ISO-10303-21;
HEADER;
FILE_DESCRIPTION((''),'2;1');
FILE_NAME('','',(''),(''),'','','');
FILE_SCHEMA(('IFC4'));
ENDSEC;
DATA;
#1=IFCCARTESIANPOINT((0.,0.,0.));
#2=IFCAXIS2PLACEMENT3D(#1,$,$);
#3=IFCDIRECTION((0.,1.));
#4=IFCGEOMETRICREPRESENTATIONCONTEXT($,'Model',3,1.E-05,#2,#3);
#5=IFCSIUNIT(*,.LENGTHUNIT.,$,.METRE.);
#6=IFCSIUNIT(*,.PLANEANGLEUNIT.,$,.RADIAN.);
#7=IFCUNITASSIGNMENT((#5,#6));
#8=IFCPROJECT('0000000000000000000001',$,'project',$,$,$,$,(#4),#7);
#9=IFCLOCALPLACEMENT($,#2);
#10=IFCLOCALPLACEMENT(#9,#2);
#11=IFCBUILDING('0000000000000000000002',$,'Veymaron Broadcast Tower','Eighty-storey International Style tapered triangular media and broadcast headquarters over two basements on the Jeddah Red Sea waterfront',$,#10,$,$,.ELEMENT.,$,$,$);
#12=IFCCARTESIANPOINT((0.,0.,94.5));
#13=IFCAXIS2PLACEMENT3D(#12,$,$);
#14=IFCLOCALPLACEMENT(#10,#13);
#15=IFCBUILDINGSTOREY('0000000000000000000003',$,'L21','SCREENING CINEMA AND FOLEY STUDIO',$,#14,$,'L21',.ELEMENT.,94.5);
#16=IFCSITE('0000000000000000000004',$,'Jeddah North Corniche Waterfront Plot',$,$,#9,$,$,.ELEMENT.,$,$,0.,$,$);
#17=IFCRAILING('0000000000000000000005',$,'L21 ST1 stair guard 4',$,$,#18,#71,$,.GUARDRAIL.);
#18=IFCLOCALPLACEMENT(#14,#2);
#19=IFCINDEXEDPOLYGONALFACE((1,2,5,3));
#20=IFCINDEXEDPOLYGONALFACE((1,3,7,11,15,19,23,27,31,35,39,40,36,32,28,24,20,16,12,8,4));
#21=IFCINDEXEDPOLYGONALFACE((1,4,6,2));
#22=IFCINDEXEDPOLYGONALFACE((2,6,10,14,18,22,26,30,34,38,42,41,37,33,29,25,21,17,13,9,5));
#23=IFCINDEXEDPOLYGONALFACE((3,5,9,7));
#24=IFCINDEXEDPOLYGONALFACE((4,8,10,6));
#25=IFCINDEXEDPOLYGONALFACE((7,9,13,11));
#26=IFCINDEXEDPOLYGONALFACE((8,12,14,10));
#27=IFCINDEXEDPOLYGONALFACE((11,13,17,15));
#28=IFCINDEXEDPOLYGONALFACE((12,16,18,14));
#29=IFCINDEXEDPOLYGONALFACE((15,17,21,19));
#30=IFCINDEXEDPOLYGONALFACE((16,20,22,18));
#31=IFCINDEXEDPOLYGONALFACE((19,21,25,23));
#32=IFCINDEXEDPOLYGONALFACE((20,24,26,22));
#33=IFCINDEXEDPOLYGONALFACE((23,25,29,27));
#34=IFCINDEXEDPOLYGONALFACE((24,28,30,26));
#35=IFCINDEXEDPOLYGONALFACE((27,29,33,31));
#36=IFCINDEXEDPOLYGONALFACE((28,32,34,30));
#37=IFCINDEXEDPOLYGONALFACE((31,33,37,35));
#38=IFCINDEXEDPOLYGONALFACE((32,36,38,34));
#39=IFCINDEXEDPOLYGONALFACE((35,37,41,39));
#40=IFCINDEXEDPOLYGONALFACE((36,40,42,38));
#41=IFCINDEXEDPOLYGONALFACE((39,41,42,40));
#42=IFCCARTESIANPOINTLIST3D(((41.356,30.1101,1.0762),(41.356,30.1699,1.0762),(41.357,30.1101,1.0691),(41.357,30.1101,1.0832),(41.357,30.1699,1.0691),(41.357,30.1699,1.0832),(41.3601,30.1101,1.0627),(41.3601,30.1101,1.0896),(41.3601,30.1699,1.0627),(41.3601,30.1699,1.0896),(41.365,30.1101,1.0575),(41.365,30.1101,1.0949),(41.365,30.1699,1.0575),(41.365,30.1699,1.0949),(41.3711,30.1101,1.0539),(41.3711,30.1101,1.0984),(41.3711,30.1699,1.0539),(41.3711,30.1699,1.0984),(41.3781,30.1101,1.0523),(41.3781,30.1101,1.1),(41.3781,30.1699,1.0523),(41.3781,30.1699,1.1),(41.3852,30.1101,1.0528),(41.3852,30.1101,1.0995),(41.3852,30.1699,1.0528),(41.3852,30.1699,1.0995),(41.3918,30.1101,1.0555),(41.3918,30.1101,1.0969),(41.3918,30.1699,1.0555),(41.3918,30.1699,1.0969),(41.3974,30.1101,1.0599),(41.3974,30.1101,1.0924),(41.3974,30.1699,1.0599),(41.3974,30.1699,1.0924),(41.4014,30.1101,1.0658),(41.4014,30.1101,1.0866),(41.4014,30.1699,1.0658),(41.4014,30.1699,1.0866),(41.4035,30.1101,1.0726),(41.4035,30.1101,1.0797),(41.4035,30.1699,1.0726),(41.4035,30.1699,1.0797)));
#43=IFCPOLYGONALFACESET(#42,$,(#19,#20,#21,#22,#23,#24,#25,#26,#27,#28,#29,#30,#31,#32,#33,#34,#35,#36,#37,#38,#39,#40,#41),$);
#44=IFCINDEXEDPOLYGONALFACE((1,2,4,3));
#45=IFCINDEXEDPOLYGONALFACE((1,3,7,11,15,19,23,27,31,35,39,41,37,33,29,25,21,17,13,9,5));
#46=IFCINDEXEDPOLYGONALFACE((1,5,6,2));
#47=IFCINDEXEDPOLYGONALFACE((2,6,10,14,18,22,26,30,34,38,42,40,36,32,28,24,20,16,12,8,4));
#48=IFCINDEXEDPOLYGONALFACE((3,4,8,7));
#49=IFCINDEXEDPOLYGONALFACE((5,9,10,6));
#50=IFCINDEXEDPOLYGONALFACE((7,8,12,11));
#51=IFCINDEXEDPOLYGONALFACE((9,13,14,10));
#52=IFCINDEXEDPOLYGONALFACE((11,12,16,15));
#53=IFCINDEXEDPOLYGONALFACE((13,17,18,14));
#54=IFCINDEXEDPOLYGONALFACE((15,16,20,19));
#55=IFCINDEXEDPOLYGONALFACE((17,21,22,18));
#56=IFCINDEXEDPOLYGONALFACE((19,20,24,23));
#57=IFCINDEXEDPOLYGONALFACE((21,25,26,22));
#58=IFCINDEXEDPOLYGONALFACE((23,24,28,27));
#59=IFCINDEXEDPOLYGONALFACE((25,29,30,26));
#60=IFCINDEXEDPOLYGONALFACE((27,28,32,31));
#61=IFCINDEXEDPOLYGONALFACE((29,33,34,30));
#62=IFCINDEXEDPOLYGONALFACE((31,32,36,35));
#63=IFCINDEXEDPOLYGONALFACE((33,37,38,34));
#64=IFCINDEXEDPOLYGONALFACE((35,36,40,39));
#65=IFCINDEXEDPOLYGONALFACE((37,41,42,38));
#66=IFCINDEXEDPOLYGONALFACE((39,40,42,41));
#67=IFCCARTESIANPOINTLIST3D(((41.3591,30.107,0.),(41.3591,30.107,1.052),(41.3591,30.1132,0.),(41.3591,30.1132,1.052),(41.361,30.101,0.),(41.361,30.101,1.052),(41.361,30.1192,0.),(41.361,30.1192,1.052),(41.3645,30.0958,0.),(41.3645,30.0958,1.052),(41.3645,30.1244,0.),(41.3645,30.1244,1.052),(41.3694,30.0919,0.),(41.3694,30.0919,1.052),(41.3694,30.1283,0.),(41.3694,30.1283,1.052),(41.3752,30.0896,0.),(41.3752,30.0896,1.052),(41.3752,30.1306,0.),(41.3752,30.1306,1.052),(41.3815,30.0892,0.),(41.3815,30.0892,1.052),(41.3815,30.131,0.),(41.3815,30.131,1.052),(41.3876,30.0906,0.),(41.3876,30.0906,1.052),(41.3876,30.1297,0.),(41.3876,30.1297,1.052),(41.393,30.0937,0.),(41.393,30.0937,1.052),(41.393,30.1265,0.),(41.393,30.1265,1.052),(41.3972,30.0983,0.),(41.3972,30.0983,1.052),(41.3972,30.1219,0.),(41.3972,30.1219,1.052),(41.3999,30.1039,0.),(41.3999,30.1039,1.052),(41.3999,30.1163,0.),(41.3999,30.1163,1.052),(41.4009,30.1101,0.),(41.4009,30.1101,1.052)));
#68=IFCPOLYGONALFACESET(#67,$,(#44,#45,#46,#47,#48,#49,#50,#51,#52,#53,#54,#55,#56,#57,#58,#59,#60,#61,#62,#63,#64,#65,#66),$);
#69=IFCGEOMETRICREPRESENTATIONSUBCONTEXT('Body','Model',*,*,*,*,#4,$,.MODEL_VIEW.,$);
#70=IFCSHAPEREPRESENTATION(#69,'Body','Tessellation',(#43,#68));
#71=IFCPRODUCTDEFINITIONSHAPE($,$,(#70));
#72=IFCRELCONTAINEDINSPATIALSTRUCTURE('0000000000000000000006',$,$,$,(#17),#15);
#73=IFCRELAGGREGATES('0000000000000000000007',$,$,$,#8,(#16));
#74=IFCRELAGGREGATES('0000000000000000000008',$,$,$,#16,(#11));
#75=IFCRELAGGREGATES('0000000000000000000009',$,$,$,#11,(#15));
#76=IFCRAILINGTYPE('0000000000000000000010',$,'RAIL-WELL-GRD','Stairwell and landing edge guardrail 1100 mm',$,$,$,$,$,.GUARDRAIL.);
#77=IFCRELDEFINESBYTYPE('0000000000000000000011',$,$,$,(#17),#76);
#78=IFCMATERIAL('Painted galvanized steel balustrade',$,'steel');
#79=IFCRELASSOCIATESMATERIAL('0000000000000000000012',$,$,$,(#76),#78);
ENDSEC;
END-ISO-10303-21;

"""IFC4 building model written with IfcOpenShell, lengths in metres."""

from ifc_helpers import new_model, si_unit, direction, frame, origin, origin_2d, place, context, subcontext, project, spatial, circle, extrude, material, type_object, element, save


model = new_model("IFC4")

# Units and contexts
model_context = context("Model", 3, precision=1e-05, world=origin(), true_north=direction((0.0, 1.0)))
body_context = subcontext(model_context, "Body", "Model", "MODEL_VIEW")
ifc_project = project(units=[si_unit("LENGTHUNIT", "METRE"), si_unit("PLANEANGLEUNIT", "RADIAN")], contexts=[model_context])

# Site, building, storey
site_placement = place(None, origin())
site = spatial("IfcSite", under=ifc_project, at=site_placement, Name="Jeddah North Corniche Waterfront Plot", CompositionType="ELEMENT", RefElevation=0.0)
building_placement = place(site_placement, origin())
building = spatial("IfcBuilding", under=site, at=building_placement, Name="Veymaron Broadcast Tower", Description="Eighty-storey International Style tapered triangular media and broadcast headquarters over two basements on the Jeddah Red Sea waterfront", CompositionType="ELEMENT")
storey_placement = place(building_placement, frame((0.0, 0.0, 94.5)))
storey = spatial("IfcBuildingStorey", under=building, at=storey_placement, Name="L21", Description="SCREENING CINEMA AND FOLEY STUDIO", LongName="L21", CompositionType="ELEMENT", Elevation=94.5)

# Railing
ifc_material_1 = material(Name="Painted galvanized steel balustrade", Category="steel")
railing_type_1 = type_object("IfcRailingType", Name="RAIL-WELL-GRD", Description="Stairwell and landing edge guardrail 1100 mm", PredefinedType="GUARDRAIL", material=ifc_material_1)
railing_1_placement = place(storey_placement, frame((41.3799, 30.1101, 0.0)))
element("IfcRailing", 1, at=railing_1_placement, inside=storey, type_object=railing_type_1, Name="L21 ST1 stair guard 4", PredefinedType="GUARDRAIL", context=body_context, shape_type="SweptSolid", body=[
    extrude(circle(Radius=0.0239, at=origin_2d()), frame((0.0, 0.0, 1.0762), z_axis=(0.0, 1.0, 0.0), x_axis=(-1.0, 0.0, 0.0)), (0.0, 0.0, 1.0), 0.0598),
    extrude(circle(Radius=0.021, at=origin_2d()), origin(), (0.0, 0.0, 1.0), 1.052),
])

save(model, "model.ifc")
